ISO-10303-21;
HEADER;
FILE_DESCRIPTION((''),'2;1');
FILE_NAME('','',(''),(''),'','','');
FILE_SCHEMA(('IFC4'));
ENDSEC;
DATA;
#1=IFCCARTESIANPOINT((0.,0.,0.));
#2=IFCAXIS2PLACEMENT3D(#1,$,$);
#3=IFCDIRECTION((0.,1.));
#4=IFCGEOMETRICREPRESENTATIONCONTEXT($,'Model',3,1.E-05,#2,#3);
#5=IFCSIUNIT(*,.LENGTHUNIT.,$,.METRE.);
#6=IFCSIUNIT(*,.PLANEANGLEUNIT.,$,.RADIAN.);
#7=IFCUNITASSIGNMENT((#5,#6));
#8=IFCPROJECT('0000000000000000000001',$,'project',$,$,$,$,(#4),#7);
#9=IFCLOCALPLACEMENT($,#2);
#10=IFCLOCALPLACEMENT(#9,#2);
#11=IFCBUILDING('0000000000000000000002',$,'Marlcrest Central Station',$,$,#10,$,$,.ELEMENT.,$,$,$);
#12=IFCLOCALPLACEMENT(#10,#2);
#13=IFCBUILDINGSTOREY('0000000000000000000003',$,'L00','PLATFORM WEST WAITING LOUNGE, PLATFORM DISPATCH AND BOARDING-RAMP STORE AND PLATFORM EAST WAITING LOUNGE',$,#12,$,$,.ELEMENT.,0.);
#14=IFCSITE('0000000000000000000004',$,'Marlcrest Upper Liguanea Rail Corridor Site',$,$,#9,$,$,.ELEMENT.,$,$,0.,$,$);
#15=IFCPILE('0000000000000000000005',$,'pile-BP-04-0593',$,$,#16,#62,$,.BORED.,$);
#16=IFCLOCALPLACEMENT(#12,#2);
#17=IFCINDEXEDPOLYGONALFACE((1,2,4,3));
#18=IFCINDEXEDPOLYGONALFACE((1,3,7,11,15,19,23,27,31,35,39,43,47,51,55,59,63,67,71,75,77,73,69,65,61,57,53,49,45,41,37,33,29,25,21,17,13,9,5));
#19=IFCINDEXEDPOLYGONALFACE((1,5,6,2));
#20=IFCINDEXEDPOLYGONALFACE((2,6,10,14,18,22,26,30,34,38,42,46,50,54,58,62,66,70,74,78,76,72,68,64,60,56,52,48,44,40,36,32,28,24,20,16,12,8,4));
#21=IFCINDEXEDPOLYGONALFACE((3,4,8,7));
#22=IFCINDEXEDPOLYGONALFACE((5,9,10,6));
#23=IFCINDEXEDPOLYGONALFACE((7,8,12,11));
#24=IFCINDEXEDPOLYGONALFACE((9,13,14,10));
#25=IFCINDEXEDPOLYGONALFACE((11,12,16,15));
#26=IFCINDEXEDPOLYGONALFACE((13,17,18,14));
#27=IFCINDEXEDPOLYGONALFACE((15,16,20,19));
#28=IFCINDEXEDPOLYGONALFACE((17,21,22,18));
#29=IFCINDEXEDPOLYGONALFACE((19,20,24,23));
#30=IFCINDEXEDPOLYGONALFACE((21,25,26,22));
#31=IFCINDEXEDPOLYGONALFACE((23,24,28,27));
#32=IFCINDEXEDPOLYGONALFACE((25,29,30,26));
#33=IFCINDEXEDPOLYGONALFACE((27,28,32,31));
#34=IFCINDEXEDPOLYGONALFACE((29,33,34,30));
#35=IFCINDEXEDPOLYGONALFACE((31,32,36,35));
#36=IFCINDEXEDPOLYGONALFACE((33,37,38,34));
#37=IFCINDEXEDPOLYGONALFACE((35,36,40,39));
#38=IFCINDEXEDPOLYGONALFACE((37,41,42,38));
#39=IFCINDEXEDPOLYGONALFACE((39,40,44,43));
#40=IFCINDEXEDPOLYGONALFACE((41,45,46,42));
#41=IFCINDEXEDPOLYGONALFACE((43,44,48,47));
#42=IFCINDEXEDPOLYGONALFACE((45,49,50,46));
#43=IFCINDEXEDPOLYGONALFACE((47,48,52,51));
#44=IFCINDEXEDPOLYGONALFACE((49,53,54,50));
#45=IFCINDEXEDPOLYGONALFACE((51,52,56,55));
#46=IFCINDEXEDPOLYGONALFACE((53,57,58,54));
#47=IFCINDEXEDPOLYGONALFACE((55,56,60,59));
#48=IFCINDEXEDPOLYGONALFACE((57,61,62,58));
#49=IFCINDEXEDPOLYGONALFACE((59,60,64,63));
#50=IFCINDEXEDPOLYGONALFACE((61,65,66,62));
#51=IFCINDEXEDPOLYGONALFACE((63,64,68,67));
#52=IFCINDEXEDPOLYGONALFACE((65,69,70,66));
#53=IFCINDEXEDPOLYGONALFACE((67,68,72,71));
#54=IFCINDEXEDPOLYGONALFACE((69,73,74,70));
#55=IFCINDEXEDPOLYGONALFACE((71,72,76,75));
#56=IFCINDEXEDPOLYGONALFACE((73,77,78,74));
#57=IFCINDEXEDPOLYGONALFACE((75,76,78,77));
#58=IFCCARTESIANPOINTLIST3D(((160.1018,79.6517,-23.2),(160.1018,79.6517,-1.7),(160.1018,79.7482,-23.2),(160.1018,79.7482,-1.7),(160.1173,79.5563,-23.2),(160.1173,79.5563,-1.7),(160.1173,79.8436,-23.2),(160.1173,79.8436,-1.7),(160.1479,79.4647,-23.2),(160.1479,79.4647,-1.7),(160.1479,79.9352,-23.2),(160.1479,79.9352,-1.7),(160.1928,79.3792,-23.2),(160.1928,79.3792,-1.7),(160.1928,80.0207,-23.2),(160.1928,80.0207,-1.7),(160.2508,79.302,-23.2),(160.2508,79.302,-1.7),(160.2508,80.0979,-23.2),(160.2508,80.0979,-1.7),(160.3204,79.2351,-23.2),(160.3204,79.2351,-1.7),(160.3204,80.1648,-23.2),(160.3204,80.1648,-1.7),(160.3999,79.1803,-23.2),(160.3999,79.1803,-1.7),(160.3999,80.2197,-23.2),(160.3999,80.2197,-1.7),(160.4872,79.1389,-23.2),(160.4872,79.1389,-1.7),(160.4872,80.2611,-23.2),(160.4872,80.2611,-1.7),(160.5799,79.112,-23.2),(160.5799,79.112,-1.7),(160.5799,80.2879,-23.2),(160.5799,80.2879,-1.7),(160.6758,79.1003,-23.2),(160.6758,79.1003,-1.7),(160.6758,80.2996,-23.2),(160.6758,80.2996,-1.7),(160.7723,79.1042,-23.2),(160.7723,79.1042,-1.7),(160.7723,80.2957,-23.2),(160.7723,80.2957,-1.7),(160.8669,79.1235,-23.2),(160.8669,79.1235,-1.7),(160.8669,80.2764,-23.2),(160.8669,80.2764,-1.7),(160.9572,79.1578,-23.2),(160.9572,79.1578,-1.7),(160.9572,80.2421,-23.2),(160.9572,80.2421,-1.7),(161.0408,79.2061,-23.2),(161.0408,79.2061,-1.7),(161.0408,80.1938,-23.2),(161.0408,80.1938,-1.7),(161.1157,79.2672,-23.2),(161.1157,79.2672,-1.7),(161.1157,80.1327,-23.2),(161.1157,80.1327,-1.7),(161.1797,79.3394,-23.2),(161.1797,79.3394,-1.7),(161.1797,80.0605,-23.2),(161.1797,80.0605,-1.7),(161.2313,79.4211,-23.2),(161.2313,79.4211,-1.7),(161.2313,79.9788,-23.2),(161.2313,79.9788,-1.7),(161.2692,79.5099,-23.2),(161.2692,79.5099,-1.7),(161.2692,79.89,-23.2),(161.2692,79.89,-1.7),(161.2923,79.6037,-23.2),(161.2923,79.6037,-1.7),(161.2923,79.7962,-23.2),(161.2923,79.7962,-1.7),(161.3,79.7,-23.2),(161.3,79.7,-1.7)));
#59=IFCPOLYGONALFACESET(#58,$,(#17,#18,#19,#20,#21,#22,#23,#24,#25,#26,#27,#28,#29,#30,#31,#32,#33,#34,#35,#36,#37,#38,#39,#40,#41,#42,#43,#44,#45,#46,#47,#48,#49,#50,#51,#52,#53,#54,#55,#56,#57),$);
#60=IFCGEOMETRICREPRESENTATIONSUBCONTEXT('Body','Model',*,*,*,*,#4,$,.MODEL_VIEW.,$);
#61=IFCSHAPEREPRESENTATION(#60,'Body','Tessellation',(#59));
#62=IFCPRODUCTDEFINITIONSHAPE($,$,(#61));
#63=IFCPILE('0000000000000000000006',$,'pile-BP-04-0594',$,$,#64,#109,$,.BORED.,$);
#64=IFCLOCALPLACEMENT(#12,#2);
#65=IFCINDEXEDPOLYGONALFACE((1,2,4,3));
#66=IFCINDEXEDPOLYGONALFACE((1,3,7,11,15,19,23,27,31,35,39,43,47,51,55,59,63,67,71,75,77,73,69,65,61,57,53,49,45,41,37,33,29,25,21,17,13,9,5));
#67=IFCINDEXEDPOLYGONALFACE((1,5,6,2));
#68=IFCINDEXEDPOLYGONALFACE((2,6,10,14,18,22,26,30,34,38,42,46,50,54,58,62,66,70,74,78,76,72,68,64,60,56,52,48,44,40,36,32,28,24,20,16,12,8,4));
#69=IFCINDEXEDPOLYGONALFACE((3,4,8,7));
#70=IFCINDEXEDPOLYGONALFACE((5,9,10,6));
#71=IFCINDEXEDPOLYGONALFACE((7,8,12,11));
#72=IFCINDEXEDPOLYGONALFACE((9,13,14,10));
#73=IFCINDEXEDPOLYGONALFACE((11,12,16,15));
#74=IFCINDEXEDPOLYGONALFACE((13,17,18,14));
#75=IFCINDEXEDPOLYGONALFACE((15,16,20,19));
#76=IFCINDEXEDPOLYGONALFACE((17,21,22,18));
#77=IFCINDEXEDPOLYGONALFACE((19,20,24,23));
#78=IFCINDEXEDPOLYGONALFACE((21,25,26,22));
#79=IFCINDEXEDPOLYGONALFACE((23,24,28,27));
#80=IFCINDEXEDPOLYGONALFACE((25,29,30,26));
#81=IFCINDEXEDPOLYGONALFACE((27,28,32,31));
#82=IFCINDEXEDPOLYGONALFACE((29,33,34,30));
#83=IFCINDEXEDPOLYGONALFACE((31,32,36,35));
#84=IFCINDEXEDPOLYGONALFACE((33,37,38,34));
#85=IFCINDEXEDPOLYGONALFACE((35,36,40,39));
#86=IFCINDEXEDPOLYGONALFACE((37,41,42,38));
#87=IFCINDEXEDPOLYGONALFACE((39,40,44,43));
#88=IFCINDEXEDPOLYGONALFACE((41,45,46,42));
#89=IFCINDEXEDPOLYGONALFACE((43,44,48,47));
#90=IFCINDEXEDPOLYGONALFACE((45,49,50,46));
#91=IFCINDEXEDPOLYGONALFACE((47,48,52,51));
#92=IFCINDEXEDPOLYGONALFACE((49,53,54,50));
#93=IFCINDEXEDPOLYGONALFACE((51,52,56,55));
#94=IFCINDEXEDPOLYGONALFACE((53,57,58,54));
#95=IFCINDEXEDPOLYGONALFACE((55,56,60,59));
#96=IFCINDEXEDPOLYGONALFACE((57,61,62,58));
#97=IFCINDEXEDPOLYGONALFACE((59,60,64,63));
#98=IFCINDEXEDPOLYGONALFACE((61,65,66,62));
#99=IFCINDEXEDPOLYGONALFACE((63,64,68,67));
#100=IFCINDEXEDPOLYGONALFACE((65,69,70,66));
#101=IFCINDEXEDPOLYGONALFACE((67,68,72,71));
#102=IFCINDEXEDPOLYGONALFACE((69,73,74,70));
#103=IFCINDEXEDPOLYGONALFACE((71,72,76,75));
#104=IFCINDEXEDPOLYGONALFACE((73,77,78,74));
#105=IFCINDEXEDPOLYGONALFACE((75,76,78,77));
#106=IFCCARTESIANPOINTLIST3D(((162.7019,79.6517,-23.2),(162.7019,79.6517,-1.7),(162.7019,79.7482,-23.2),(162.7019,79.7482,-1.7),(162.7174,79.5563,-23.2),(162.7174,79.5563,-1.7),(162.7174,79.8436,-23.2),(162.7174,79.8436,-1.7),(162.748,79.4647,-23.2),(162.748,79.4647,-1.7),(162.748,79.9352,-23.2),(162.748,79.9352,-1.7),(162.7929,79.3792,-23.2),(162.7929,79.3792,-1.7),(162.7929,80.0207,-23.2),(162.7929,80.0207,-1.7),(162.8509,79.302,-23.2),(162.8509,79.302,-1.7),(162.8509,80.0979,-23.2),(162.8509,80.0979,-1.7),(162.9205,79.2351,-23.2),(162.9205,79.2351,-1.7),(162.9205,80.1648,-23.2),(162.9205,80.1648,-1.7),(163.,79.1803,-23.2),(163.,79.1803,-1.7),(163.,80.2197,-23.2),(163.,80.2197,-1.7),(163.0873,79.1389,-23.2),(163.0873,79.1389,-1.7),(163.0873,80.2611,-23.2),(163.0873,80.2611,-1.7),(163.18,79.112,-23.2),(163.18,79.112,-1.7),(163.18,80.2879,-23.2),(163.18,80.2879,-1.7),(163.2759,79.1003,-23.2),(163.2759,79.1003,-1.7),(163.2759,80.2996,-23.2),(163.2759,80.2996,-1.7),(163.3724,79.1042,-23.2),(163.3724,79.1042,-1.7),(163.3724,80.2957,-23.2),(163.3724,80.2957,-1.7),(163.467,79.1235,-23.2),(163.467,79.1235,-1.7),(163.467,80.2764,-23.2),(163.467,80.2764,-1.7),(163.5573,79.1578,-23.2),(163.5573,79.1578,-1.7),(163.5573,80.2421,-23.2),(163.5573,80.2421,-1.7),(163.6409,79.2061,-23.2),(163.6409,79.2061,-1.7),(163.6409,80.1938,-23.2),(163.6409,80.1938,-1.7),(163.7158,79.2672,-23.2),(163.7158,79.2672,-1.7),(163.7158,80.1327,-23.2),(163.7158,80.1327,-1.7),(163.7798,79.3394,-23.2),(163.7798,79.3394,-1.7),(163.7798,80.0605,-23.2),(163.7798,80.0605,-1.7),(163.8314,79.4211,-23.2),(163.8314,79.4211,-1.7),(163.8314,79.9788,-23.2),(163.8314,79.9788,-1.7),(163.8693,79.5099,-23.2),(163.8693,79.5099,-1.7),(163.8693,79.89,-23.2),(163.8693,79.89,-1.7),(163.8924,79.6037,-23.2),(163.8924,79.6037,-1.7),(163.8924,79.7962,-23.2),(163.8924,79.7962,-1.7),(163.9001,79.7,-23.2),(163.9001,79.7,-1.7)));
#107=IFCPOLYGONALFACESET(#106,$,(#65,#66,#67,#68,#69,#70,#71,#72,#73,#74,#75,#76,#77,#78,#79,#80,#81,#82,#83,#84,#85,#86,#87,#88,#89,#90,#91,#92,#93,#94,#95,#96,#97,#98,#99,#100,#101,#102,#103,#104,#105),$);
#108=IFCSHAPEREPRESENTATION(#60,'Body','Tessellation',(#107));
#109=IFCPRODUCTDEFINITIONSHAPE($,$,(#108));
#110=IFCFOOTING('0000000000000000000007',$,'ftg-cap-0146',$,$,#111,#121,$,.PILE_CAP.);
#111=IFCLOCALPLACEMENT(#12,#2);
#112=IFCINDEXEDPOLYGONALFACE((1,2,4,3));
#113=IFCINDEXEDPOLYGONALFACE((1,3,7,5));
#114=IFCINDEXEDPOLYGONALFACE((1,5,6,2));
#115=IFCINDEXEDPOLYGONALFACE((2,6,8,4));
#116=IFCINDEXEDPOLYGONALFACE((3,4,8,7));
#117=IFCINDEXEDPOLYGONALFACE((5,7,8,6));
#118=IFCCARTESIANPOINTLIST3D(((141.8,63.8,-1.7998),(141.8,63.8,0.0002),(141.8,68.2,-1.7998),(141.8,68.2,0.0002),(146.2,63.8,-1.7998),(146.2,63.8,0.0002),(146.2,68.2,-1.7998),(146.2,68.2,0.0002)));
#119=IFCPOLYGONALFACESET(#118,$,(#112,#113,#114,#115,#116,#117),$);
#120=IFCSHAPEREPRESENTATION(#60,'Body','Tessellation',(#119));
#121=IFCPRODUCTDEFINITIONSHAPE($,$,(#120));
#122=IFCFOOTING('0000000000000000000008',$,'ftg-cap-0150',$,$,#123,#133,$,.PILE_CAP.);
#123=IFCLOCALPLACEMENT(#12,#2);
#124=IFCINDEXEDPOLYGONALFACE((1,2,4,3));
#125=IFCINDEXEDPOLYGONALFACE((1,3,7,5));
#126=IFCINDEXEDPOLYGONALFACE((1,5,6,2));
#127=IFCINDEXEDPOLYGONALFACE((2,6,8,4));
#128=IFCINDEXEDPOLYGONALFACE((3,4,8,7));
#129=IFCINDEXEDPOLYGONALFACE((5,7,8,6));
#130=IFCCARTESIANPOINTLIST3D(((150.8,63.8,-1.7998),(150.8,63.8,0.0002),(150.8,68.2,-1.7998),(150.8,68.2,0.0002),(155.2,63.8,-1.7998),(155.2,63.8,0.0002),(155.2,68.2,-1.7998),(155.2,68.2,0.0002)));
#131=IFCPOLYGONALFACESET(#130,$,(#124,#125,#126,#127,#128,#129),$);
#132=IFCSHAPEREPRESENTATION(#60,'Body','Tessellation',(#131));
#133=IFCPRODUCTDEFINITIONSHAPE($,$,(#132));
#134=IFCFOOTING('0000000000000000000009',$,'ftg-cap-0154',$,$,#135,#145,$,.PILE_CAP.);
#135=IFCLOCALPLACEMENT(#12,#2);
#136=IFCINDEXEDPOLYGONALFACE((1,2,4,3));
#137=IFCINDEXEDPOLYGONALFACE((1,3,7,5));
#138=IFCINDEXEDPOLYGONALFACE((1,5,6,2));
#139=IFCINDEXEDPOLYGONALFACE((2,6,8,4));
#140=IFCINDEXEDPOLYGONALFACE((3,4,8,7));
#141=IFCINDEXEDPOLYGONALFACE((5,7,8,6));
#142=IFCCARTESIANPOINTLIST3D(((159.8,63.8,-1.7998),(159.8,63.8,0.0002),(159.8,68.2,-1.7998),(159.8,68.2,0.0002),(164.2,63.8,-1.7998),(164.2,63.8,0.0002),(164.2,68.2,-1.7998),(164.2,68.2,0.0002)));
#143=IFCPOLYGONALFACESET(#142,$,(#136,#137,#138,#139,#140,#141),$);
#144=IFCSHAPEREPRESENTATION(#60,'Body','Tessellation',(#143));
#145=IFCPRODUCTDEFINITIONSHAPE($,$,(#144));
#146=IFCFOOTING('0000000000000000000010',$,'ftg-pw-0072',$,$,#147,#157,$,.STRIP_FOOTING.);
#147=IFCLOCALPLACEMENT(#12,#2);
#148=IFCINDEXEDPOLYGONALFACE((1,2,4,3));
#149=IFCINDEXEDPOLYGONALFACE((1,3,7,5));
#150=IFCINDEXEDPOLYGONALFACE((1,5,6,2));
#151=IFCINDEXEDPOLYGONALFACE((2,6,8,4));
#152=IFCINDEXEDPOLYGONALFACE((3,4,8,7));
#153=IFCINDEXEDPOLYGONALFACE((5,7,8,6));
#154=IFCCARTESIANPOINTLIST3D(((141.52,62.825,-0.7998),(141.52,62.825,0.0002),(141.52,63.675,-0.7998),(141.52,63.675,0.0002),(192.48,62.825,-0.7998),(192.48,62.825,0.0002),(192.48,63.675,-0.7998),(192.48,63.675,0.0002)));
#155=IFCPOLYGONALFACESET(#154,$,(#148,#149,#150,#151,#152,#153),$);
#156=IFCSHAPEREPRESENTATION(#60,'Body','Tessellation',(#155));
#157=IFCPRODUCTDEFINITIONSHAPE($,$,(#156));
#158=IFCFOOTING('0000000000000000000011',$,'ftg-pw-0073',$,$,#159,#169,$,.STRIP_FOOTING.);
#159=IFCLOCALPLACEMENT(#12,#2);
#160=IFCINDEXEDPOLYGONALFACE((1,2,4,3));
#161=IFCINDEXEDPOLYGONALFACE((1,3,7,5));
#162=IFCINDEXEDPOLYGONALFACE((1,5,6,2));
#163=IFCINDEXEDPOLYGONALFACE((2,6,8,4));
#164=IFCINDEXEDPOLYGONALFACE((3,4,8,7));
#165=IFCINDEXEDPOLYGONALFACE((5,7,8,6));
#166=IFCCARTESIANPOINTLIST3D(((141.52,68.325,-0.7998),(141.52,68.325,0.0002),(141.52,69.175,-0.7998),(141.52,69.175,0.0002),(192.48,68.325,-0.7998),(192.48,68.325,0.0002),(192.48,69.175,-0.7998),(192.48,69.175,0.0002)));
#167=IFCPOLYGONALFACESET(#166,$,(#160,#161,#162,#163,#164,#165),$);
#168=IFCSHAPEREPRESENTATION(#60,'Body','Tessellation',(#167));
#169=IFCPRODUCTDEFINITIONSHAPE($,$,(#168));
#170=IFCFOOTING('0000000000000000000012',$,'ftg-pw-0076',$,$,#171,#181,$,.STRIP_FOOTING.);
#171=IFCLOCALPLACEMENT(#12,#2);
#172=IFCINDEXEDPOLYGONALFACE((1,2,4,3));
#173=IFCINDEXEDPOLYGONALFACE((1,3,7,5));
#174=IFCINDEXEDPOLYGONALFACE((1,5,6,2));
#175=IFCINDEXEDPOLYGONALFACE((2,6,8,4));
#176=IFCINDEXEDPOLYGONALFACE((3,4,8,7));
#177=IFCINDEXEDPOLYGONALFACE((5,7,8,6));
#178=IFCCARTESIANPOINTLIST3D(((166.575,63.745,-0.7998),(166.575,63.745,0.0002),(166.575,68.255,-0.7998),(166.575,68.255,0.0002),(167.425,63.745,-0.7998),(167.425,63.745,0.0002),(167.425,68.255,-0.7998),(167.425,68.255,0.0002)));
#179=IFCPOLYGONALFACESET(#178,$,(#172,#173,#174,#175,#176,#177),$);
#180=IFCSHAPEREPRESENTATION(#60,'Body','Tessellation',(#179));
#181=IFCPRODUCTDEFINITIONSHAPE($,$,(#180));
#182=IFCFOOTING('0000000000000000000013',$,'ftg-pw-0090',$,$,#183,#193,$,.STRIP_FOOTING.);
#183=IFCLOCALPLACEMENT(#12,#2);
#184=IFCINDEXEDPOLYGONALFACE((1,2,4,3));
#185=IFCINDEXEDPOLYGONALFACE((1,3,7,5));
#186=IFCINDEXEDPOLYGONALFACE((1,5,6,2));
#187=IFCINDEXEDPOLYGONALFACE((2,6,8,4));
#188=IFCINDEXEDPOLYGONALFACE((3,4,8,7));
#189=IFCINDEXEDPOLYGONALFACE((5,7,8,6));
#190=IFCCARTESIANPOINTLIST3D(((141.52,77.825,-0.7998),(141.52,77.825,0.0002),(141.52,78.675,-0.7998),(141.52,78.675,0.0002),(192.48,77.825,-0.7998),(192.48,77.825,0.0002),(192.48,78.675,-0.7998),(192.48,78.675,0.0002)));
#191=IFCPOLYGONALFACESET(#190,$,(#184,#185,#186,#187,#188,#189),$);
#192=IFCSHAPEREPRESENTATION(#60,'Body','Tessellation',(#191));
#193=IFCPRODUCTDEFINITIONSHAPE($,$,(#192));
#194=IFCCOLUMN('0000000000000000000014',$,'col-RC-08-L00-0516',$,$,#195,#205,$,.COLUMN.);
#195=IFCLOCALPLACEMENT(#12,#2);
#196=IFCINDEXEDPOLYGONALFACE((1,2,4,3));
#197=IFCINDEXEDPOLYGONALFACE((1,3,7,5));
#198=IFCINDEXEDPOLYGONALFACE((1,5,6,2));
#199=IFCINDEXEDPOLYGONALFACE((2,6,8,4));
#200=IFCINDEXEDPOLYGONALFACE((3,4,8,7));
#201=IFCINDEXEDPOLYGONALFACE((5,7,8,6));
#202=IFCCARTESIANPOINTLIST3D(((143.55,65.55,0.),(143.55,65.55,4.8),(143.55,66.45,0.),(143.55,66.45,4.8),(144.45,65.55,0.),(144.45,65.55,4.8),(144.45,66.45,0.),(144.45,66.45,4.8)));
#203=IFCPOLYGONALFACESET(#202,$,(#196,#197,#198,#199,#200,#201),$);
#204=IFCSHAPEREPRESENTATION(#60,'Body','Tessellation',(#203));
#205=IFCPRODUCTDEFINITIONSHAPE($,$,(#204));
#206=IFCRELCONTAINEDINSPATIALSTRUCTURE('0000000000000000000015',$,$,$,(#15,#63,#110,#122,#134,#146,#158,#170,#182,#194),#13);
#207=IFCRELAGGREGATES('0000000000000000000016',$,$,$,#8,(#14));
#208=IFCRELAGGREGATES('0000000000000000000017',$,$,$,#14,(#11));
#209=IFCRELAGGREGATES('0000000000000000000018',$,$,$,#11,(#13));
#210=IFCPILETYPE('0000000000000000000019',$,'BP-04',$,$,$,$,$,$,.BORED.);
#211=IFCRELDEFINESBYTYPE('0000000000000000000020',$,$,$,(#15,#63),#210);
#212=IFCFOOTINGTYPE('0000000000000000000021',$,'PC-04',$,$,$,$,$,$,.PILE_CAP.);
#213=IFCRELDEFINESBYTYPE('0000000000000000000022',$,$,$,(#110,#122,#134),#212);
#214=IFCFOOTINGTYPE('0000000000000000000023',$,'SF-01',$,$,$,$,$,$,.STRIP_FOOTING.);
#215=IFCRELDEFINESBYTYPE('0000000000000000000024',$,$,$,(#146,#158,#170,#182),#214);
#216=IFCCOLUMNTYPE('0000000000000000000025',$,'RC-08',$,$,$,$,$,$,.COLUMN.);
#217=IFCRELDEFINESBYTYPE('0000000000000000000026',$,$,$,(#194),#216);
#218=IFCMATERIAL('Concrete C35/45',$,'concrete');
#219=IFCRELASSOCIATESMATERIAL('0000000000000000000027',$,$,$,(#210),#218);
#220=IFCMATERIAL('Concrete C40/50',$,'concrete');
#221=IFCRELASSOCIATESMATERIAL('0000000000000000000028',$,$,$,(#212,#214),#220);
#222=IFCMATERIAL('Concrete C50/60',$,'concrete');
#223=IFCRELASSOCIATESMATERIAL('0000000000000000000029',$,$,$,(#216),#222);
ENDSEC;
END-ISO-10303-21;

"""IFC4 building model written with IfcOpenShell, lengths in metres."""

from ifc_helpers import new_model, si_unit, direction, frame, origin, origin_2d, place, context, subcontext, project, spatial, rectangle, circle, extrude, material, material_profile, profile_set, type_object, element, save


model = new_model("IFC4")

# Units and contexts
model_context = context("Model", 3, precision=1e-05, world=origin(), true_north=direction((0.0, 1.0)))
body_context = subcontext(model_context, "Body", "Model", "MODEL_VIEW")
ifc_project = project(units=[si_unit("LENGTHUNIT", "METRE"), si_unit("PLANEANGLEUNIT", "RADIAN")], contexts=[model_context])

# Site, building, storey
site_placement = place(None, origin())
site = spatial("IfcSite", under=ifc_project, at=site_placement, Name="Marlcrest Upper Liguanea Rail Corridor Site", CompositionType="ELEMENT", RefElevation=0.0)
building_placement = place(site_placement, origin())
building = spatial("IfcBuilding", under=site, at=building_placement, Name="Marlcrest Central Station", CompositionType="ELEMENT")
storey_placement = place(building_placement, origin())
storey = spatial("IfcBuildingStorey", under=building, at=storey_placement, Name="L00", Description="PLATFORM WEST WAITING LOUNGE, PLATFORM DISPATCH AND BOARDING-RAMP STORE AND PLATFORM EAST WAITING LOUNGE", CompositionType="ELEMENT", Elevation=0.0)

# Piles
ifc_material_1 = material(Name="Concrete C35/45", Category="concrete")
ifc_material_profile_1 = material_profile(ifc_material_1, circle(Radius=0.6001, at=origin_2d()), Name="PILE D1200")
ifc_profile_set_1 = profile_set([ifc_material_profile_1], Name="Concrete C35/45")
pile_type = type_object("IfcPileType", Name="BP-04", PredefinedType="BORED", material=ifc_profile_set_1)
for number, where, z_axis, x_axis, name in (
    (1, (160.7, 79.7, -1.7), (0.0, 0.0, -1.0), (1.0, 0.0, 0.0), "pile-BP-04-0593"),
    (2, (163.3, 79.7, -1.7), (0.0, 0.0, -1.0), (1.0, 0.0, 0.0), "pile-BP-04-0594"),
):
    element("IfcPile", number, at=place(storey_placement, frame(where, z_axis=z_axis, x_axis=x_axis)), inside=storey, type_object=pile_type, Name=name, PredefinedType="BORED", context=body_context, shape_type="SweptSolid", body=[
        extrude(circle(Radius=0.6001, at=origin_2d()), origin(), (0.0, 0.0, 1.0), 21.5),
    ])

# Footings
ifc_material_2 = material(Name="Concrete C40/50", Category="concrete")
footing_type_1 = type_object("IfcFootingType", Name="PC-04", PredefinedType="PILE_CAP", material=ifc_material_2)
for number, where, z_axis, x_axis, name in (
    (3, (144.0, 66.0, -1.7998), (0.0, 0.0, 1.0), (1.0, 0.0, 0.0), "ftg-cap-0146"),
    (4, (153.0, 66.0, -1.7998), (0.0, 0.0, 1.0), (1.0, 0.0, 0.0), "ftg-cap-0150"),
    (5, (162.0, 66.0, -1.7998), (0.0, 0.0, 1.0), (1.0, 0.0, 0.0), "ftg-cap-0154"),
):
    element("IfcFooting", number, at=place(storey_placement, frame(where, z_axis=z_axis, x_axis=x_axis)), inside=storey, type_object=footing_type_1, Name=name, PredefinedType="PILE_CAP", context=body_context, shape_type="SweptSolid", body=[
        extrude(rectangle(XDim=4.3999, YDim=4.3999, at=origin_2d()), origin(), (0.0, 0.0, 1.0), 1.8),
    ])
footing_type_2 = type_object("IfcFootingType", Name="SF-01", PredefinedType="STRIP_FOOTING", material=ifc_material_2)
for number, where, z_axis, x_axis, name in (
    (6, (167.0, 63.25, -0.7998), (0.0, 0.0, 1.0), (1.0, 0.0, 0.0), "ftg-pw-0072"),
    (7, (167.0, 68.75, -0.7998), (0.0, 0.0, 1.0), (1.0, 0.0, 0.0), "ftg-pw-0073"),
):
    element("IfcFooting", number, at=place(storey_placement, frame(where, z_axis=z_axis, x_axis=x_axis)), inside=storey, type_object=footing_type_2, Name=name, PredefinedType="STRIP_FOOTING", context=body_context, shape_type="SweptSolid", body=[
        extrude(rectangle(XDim=50.96, YDim=0.8501, at=origin_2d()), origin(), (0.0, 0.0, 1.0), 0.8),
    ])
footing_1_placement = place(storey_placement, frame((167.0, 66.0, -0.7998), z_axis=(0.0, 0.0, 1.0), x_axis=(1.0, 0.0, 0.0)))
element("IfcFooting", 8, at=footing_1_placement, inside=storey, type_object=footing_type_2, Name="ftg-pw-0076", PredefinedType="STRIP_FOOTING", context=body_context, shape_type="SweptSolid", body=[
    extrude(rectangle(XDim=0.8501, YDim=4.51, at=origin_2d()), origin(), (0.0, 0.0, 1.0), 0.8),
])
footing_2_placement = place(storey_placement, frame((167.0, 78.25, -0.7998), z_axis=(0.0, 0.0, 1.0), x_axis=(1.0, 0.0, 0.0)))
element("IfcFooting", 9, at=footing_2_placement, inside=storey, type_object=footing_type_2, Name="ftg-pw-0090", PredefinedType="STRIP_FOOTING", context=body_context, shape_type="SweptSolid", body=[
    extrude(rectangle(XDim=50.96, YDim=0.8501, at=origin_2d()), origin(), (0.0, 0.0, 1.0), 0.8),
])

# Column
ifc_material_3 = material(Name="Concrete C50/60", Category="concrete")
ifc_material_profile_2 = material_profile(ifc_material_3, rectangle(XDim=0.8999, YDim=0.8999, at=origin_2d()), Name="RC 900x900")
ifc_profile_set_2 = profile_set([ifc_material_profile_2], Name="Concrete C50/60")
column_type = type_object("IfcColumnType", Name="RC-08", PredefinedType="COLUMN", material=ifc_profile_set_2)
for number, where, z_axis, x_axis, name in (
    (10, (144.0, 66.0, 0.0), (0.0, 0.0, 1.0), (1.0, 0.0, 0.0), "col-RC-08-L00-0516"),
):
    element("IfcColumn", number, at=place(storey_placement, frame(where, z_axis=z_axis, x_axis=x_axis)), inside=storey, type_object=column_type, Name=name, PredefinedType="COLUMN", context=body_context, shape_type="SweptSolid", body=[
        extrude(rectangle(XDim=0.8999, YDim=0.8999, at=origin_2d()), origin(), (0.0, 0.0, 1.0), 4.8),
    ])

save(model, "model.ifc")
